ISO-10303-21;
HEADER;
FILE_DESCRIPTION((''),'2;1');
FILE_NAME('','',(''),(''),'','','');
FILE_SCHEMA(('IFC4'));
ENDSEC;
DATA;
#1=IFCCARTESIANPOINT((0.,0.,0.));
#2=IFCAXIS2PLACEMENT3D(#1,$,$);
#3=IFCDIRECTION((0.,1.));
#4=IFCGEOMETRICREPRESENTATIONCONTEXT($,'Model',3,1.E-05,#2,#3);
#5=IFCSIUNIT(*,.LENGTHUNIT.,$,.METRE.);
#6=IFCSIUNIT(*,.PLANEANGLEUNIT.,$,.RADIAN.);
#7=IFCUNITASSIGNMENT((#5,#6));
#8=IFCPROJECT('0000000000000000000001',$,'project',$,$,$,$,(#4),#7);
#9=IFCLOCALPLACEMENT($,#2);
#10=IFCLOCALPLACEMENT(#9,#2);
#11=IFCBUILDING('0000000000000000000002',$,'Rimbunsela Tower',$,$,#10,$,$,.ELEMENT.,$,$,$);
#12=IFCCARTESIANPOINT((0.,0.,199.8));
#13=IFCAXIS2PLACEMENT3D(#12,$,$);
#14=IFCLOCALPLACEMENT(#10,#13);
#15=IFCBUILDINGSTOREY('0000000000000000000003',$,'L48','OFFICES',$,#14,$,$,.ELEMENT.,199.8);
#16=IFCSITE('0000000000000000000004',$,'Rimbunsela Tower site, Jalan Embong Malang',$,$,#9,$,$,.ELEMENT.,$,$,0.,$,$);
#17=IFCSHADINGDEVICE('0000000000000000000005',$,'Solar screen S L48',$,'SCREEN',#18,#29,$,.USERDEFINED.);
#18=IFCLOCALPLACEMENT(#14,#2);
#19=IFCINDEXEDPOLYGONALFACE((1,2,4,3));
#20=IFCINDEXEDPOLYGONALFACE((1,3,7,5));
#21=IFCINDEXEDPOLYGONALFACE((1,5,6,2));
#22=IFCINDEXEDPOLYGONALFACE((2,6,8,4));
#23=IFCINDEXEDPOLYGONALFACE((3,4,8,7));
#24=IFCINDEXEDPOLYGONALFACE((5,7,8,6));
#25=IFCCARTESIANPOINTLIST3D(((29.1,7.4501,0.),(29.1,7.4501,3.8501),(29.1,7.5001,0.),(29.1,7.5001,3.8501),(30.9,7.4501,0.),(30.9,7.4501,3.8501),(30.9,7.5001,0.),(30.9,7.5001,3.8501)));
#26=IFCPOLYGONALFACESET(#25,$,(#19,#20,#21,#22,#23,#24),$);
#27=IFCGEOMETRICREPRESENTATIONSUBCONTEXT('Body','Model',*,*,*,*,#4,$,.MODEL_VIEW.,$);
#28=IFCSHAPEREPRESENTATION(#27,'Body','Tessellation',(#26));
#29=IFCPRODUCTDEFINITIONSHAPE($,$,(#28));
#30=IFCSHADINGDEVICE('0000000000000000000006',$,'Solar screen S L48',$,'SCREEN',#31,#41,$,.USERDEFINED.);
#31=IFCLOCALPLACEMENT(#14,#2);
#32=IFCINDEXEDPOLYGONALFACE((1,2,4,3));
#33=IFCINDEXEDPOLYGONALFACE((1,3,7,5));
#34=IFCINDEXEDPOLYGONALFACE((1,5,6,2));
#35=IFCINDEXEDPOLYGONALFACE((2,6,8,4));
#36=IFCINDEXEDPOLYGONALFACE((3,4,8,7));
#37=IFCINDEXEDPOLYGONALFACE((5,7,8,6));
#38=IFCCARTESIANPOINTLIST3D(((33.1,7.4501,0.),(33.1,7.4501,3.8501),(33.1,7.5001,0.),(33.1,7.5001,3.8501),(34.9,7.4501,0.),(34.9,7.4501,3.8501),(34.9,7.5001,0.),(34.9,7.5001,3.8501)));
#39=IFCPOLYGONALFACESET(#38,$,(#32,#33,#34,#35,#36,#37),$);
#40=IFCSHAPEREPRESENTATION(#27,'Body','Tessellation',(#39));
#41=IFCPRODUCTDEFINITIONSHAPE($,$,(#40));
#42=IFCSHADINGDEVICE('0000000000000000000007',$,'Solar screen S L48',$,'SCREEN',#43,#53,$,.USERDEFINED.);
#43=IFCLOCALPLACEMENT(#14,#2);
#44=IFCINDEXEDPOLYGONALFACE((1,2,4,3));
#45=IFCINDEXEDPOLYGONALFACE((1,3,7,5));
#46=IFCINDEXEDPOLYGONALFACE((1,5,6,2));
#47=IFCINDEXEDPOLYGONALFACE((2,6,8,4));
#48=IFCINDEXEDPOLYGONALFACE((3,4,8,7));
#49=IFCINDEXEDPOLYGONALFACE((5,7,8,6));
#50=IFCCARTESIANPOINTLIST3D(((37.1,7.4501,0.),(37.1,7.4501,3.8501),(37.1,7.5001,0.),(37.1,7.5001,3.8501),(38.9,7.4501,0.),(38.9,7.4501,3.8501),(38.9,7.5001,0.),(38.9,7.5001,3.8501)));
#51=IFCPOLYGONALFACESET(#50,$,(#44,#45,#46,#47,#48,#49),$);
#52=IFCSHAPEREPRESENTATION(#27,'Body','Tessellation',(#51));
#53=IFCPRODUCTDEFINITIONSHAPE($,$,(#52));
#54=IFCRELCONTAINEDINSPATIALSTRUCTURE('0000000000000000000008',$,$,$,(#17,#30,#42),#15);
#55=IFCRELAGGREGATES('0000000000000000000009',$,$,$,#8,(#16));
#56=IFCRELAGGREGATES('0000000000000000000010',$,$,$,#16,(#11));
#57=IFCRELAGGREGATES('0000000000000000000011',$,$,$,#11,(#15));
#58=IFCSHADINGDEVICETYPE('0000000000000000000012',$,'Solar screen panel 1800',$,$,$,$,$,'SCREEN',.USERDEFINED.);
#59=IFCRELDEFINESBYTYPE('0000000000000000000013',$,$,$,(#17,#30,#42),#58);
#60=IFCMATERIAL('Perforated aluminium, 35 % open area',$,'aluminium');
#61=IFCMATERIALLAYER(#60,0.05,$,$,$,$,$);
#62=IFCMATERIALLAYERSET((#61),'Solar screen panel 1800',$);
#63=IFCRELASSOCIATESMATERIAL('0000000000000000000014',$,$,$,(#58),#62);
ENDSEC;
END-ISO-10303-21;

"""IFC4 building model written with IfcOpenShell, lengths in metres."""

from ifc_helpers import new_model, si_unit, direction, frame, origin, origin_2d, place, context, subcontext, project, spatial, rectangle, extrude, material, layer, layer_set, type_object, element, save


model = new_model("IFC4")

# Units and contexts
model_context = context("Model", 3, precision=1e-05, world=origin(), true_north=direction((0.0, 1.0)))
body_context = subcontext(model_context, "Body", "Model", "MODEL_VIEW")
ifc_project = project(units=[si_unit("LENGTHUNIT", "METRE"), si_unit("PLANEANGLEUNIT", "RADIAN")], contexts=[model_context])

# Site, building, storey
site_placement = place(None, origin())
site = spatial("IfcSite", under=ifc_project, at=site_placement, Name="Rimbunsela Tower site, Jalan Embong Malang", CompositionType="ELEMENT", RefElevation=0.0)
building_placement = place(site_placement, origin())
building = spatial("IfcBuilding", under=site, at=building_placement, Name="Rimbunsela Tower", CompositionType="ELEMENT")
storey_placement = place(building_placement, frame((0.0, 0.0, 199.8)))
storey = spatial("IfcBuildingStorey", under=building, at=storey_placement, Name="L48", Description="OFFICES", CompositionType="ELEMENT", Elevation=199.8)

# Shading devices
ifc_material_1 = material(Name="Perforated aluminium, 35 % open area", Category="aluminium")
ifc_layer_1 = layer(ifc_material_1, 0.05)
ifc_layer_set_1 = layer_set([ifc_layer_1], Name="Solar screen panel 1800")
shading_device_type = type_object("IfcShadingDeviceType", Name="Solar screen panel 1800", ElementType="SCREEN", PredefinedType="USERDEFINED", material=ifc_layer_set_1)
for number, where, z_axis, x_axis, name in (
    (1, (30.0, 7.4751, 0.0), (0.0, 0.0, 1.0), (1.0, 0.0, 0.0), "Solar screen S L48"),
    (2, (34.0, 7.4751, 0.0), (0.0, 0.0, 1.0), (1.0, 0.0, 0.0), "Solar screen S L48"),
    (3, (38.0, 7.4751, 0.0), (0.0, 0.0, 1.0), (1.0, 0.0, 0.0), "Solar screen S L48"),
):
    element("IfcShadingDevice", number, at=place(storey_placement, frame(where, z_axis=z_axis, x_axis=x_axis)), inside=storey, type_object=shading_device_type, Name=name, ObjectType="SCREEN", PredefinedType="USERDEFINED", context=body_context, shape_type="SweptSolid", body=[
        extrude(rectangle(XDim=1.8, YDim=0.05, at=origin_2d()), origin(), (0.0, 0.0, 1.0), 3.8501),
    ])

save(model, "model.ifc")
